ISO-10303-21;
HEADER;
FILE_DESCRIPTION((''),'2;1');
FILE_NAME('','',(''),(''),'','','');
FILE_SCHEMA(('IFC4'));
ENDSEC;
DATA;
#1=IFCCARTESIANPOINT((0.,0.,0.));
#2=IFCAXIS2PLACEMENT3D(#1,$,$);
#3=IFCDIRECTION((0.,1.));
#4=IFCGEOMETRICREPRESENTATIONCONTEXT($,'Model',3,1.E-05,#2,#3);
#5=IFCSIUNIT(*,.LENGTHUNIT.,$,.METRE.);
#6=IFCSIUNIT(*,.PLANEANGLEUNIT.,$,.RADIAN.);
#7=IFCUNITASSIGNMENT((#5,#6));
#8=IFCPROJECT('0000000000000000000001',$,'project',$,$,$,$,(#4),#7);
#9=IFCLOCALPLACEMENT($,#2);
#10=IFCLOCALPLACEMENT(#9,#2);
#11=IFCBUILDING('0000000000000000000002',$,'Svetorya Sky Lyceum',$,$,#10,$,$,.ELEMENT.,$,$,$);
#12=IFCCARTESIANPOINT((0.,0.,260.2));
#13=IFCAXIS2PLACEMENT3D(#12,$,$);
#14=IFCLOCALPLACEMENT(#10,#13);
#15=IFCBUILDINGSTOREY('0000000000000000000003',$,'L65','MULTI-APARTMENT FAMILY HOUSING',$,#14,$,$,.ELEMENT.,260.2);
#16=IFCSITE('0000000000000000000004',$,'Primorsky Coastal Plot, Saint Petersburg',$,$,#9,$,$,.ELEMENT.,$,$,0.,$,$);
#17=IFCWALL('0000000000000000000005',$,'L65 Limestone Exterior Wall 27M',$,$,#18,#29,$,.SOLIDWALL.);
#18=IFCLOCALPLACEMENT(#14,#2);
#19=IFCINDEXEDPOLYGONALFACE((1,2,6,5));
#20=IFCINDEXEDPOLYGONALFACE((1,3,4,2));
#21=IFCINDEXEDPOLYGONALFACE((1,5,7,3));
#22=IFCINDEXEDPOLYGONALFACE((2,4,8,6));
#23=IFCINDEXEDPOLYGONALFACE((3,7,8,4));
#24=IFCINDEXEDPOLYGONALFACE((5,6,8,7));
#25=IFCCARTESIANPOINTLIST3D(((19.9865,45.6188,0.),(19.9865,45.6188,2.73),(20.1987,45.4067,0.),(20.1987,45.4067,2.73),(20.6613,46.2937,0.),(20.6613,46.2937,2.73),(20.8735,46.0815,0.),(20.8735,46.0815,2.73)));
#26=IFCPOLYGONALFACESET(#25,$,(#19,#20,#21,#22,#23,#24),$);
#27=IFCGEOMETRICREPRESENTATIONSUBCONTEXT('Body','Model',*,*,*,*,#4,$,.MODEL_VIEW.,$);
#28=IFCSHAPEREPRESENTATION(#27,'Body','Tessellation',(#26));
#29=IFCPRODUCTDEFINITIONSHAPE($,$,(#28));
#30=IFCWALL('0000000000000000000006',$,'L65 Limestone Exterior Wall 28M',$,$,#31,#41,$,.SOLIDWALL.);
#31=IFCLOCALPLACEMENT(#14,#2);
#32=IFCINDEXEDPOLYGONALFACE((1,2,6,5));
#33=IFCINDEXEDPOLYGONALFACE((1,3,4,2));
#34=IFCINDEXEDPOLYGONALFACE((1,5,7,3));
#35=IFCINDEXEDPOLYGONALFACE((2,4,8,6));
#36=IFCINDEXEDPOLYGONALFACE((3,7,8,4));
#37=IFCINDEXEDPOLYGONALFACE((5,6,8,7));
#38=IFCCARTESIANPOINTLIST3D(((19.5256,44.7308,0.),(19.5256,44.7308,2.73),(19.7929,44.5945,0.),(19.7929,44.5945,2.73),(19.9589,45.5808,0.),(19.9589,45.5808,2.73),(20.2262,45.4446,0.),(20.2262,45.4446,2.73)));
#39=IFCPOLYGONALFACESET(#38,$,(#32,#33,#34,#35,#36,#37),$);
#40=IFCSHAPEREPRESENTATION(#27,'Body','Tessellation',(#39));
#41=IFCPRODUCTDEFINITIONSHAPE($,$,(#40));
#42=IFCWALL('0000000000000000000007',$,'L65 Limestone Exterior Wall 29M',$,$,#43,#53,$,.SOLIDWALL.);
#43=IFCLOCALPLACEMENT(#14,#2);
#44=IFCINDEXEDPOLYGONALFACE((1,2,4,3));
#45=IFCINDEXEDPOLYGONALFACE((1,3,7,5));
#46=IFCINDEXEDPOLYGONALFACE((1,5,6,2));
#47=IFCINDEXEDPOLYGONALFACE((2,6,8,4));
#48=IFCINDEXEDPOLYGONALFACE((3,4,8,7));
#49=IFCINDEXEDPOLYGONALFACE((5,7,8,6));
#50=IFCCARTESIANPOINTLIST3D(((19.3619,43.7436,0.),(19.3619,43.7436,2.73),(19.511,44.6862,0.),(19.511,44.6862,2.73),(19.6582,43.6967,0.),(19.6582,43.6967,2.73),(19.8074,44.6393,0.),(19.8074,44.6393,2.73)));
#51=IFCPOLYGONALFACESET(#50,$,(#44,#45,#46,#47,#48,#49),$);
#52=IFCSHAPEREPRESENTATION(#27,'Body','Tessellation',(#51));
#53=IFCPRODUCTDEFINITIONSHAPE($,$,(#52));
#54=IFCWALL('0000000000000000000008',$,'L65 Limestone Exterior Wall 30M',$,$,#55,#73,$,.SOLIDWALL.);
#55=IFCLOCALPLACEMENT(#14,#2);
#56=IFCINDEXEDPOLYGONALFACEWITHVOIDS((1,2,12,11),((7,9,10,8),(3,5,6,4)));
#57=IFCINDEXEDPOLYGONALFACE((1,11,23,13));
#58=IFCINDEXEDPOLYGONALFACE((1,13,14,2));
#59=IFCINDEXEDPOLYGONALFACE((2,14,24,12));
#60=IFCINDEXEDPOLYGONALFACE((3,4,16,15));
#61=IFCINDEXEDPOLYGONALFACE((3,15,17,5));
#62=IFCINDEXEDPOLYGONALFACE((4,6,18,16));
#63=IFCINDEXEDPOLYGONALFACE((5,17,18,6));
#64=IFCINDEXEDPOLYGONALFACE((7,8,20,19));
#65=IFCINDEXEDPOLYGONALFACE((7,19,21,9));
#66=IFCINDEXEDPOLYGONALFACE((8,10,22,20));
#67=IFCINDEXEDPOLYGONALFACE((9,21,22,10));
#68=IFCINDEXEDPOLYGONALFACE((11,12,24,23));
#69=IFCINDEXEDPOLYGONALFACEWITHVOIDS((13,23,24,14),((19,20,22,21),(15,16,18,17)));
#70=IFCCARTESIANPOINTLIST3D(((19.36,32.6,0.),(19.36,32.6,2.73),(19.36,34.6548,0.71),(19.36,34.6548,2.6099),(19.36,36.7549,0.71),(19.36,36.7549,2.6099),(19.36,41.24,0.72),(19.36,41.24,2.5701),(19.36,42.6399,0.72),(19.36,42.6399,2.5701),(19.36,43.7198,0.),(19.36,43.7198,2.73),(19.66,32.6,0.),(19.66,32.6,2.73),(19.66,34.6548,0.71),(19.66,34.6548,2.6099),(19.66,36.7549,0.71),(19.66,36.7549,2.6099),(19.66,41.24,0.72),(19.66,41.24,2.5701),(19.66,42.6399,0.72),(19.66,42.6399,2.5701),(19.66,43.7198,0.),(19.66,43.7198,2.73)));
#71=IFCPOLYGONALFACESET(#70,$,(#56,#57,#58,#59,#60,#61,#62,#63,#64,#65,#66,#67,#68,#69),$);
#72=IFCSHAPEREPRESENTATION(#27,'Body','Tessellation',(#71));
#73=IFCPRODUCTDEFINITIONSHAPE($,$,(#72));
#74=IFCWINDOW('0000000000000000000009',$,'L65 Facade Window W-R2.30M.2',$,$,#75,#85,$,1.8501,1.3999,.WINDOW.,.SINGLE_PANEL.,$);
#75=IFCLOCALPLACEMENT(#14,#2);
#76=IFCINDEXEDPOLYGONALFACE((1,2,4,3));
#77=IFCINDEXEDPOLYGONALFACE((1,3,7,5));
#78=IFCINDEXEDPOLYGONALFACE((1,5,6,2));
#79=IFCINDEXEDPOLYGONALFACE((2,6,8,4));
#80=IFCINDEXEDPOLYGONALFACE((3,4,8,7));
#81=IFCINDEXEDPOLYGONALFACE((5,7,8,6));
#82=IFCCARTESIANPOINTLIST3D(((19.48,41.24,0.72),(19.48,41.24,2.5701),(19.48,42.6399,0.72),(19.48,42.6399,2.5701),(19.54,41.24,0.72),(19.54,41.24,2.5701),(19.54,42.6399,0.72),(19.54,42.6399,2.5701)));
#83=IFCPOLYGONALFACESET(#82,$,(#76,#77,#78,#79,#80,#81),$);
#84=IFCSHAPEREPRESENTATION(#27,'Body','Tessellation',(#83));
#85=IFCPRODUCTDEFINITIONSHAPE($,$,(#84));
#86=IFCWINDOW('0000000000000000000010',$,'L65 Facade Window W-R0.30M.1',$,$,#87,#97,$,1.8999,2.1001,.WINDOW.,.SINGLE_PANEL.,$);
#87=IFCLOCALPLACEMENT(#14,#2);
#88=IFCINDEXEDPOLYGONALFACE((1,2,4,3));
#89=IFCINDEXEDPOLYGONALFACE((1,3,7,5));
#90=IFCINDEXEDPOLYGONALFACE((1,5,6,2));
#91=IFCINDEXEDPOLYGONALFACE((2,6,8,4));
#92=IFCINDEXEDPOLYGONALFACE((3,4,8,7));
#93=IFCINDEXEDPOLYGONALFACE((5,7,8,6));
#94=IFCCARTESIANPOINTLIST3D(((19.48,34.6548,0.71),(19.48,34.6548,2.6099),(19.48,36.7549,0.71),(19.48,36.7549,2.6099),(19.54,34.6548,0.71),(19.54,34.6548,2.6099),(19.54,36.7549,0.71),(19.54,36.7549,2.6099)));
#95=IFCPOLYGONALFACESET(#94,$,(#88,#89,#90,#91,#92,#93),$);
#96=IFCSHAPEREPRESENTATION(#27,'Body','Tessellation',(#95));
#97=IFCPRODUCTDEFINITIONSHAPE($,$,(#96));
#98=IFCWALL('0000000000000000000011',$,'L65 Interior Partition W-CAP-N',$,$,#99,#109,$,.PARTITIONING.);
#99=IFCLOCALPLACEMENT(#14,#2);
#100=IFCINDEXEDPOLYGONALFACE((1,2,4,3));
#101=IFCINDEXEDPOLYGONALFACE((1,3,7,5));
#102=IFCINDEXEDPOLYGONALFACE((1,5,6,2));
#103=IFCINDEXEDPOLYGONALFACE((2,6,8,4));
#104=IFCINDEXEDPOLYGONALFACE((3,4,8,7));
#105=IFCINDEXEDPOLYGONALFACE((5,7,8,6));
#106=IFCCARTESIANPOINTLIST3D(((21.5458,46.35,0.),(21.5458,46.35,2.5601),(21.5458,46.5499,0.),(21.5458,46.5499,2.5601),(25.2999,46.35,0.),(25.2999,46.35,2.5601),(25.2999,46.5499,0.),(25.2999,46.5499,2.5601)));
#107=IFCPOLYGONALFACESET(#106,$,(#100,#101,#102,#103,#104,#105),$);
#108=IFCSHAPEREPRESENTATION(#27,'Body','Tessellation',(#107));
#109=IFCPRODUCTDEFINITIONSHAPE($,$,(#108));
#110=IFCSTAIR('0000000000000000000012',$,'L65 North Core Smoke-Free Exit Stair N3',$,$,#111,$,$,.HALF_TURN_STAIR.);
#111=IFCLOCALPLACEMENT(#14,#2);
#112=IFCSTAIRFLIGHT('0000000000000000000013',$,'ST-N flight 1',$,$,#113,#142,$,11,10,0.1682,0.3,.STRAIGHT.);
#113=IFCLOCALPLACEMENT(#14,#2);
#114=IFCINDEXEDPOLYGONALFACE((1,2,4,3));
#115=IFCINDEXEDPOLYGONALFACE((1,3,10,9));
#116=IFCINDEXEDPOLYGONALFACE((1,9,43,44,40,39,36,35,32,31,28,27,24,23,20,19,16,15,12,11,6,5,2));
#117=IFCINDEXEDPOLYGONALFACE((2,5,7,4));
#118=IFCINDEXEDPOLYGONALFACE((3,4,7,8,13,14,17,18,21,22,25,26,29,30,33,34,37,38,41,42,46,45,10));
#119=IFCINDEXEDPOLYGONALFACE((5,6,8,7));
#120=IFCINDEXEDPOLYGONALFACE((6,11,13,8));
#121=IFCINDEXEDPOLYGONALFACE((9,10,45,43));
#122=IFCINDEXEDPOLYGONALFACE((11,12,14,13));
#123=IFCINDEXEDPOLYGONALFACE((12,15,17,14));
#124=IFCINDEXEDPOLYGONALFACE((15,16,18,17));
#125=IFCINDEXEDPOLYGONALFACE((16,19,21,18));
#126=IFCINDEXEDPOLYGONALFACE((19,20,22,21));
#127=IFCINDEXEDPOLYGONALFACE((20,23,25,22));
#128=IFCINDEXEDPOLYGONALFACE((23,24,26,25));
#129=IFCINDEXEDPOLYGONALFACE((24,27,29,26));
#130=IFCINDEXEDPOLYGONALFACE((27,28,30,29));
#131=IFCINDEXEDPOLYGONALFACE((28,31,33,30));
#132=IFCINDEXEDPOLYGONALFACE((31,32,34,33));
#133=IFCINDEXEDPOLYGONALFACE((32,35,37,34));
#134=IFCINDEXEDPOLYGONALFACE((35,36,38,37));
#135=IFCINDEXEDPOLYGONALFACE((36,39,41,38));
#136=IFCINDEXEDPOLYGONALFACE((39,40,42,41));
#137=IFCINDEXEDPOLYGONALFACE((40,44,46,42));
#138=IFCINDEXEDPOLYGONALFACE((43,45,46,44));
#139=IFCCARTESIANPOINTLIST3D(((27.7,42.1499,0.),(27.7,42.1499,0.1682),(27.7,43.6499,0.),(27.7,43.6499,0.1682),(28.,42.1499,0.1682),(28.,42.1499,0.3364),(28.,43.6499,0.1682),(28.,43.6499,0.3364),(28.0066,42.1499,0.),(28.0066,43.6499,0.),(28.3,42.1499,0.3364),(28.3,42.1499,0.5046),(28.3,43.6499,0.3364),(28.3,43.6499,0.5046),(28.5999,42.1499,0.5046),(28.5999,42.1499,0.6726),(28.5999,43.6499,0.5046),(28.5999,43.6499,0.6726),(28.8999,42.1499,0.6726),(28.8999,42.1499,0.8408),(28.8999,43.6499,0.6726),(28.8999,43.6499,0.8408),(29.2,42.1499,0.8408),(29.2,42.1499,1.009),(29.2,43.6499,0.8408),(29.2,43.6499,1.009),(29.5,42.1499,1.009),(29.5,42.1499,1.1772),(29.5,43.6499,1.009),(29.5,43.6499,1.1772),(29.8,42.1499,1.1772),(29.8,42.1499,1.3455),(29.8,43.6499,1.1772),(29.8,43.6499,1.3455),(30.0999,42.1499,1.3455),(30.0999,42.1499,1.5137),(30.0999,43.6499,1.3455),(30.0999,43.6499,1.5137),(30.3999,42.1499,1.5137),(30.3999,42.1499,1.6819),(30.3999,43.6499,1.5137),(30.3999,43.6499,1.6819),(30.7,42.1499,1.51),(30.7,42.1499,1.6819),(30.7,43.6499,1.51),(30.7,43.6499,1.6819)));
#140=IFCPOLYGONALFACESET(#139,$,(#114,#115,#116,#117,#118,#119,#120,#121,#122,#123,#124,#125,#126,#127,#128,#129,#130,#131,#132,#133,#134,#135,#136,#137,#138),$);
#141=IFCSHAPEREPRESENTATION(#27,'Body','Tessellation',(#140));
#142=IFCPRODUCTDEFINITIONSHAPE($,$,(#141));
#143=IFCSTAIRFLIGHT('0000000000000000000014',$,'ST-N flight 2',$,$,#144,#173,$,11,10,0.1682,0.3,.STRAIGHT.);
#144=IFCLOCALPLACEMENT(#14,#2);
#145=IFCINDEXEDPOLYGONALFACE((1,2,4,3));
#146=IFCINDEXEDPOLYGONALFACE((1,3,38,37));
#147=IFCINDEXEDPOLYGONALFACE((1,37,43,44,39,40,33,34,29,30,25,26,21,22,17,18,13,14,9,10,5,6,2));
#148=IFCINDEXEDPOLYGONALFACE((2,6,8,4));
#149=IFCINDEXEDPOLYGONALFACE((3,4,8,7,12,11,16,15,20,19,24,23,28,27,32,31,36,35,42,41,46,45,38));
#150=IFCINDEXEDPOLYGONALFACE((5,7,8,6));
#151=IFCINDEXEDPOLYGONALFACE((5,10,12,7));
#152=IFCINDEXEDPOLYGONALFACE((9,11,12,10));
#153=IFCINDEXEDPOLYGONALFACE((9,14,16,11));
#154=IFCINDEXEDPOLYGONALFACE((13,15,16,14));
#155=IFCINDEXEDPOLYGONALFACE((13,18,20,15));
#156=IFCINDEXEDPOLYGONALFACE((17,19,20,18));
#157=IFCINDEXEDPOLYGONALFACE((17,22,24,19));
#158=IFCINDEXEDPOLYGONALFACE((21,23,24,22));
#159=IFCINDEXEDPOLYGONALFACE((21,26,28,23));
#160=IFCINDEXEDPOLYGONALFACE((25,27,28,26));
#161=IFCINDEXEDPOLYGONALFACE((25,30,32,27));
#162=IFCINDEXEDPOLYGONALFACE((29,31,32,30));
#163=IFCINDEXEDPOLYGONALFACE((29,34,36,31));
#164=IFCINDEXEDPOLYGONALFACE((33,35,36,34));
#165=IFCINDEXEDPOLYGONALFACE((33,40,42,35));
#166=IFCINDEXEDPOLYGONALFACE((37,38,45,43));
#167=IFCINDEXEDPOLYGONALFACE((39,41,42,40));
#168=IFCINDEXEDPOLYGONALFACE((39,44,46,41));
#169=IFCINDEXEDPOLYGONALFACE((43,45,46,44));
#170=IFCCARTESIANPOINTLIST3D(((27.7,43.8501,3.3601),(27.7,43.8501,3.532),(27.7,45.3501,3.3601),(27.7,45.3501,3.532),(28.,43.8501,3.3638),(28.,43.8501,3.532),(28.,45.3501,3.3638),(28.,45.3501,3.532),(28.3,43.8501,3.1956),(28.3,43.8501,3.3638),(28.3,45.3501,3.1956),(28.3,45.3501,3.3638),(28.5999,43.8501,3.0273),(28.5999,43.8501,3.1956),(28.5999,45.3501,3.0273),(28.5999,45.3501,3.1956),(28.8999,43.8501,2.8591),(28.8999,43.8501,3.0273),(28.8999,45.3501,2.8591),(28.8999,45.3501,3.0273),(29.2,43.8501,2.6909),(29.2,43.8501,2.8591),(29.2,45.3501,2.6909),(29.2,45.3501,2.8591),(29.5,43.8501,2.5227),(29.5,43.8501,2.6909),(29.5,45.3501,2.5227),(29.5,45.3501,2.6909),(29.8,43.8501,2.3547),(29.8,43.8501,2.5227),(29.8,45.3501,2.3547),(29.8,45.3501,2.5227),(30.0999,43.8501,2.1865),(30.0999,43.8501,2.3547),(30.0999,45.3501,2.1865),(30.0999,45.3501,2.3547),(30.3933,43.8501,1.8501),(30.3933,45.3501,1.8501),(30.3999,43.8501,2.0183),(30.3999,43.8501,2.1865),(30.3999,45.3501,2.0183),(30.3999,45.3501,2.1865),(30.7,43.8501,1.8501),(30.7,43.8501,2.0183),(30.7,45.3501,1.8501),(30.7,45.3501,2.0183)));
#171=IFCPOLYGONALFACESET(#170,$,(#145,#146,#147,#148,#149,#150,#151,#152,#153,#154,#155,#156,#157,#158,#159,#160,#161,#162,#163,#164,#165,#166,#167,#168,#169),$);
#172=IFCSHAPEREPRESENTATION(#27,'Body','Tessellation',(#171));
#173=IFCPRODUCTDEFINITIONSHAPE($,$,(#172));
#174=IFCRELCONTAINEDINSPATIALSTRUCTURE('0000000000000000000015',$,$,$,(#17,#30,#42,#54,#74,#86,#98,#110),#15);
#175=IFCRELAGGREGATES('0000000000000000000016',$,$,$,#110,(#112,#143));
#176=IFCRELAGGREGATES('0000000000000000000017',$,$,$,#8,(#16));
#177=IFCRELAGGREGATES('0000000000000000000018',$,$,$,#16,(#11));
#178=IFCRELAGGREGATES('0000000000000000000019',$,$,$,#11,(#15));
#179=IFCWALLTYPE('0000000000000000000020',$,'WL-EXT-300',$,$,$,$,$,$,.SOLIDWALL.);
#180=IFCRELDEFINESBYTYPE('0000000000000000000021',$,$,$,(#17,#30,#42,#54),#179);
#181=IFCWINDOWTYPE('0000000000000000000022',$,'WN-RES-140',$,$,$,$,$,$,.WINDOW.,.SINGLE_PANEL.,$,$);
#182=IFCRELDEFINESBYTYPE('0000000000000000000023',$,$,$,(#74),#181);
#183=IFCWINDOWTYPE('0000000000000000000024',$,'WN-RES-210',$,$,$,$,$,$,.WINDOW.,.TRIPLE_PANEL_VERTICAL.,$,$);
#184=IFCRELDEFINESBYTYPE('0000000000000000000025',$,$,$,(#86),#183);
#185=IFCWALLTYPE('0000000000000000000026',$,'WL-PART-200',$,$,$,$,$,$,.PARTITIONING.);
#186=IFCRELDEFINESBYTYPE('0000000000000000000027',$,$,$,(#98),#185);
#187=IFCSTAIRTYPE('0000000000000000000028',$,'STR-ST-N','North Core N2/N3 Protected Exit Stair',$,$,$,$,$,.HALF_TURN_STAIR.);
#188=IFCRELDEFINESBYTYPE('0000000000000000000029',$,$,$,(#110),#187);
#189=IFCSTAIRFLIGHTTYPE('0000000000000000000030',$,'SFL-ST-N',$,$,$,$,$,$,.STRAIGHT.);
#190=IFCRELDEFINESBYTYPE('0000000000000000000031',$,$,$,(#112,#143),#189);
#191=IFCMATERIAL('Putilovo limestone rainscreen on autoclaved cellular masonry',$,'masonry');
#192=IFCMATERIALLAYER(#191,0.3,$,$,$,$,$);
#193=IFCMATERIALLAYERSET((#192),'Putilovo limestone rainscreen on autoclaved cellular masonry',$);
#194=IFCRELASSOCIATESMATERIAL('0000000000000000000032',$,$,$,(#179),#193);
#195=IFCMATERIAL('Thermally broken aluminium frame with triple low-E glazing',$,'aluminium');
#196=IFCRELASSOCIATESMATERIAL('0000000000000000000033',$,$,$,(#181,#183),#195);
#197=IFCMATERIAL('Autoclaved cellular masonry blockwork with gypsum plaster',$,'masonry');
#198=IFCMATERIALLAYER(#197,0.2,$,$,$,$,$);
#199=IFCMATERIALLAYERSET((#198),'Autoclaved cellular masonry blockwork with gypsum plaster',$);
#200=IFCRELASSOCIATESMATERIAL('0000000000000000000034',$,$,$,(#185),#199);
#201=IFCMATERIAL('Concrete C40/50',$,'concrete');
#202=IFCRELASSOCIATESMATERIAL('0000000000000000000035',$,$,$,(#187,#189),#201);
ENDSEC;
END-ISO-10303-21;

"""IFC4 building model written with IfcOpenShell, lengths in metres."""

from ifc_helpers import new_model, si_unit, direction, frame, frame_2d, origin, place, context, subcontext, project, spatial, polyline, rectangle, outline, extrude, material, layer, layer_set, type_object, element, fill, aggregate, save


model = new_model("IFC4")

# Units and contexts
model_context = context("Model", 3, precision=1e-05, world=origin(), true_north=direction((0.0, 1.0)))
body_context = subcontext(model_context, "Body", "Model", "MODEL_VIEW")
ifc_project = project(units=[si_unit("LENGTHUNIT", "METRE"), si_unit("PLANEANGLEUNIT", "RADIAN")], contexts=[model_context])

# Site, building, storey
site_placement = place(None, origin())
site = spatial("IfcSite", under=ifc_project, at=site_placement, Name="Primorsky Coastal Plot, Saint Petersburg", CompositionType="ELEMENT", RefElevation=0.0)
building_placement = place(site_placement, origin())
building = spatial("IfcBuilding", under=site, at=building_placement, Name="Svetorya Sky Lyceum", CompositionType="ELEMENT")
storey_placement = place(building_placement, frame((0.0, 0.0, 260.2)))
storey = spatial("IfcBuildingStorey", under=building, at=storey_placement, Name="L65", Description="MULTI-APARTMENT FAMILY HOUSING", CompositionType="ELEMENT", Elevation=260.2)

# Shared definitions
ifc_material_1 = material(Name="Concrete C40/50", Category="concrete")

# Walls
ifc_material_2 = material(Name="Putilovo limestone rainscreen on autoclaved cellular masonry", Category="masonry")
ifc_layer_1 = layer(ifc_material_2, 0.3)
ifc_layer_set_1 = layer_set([ifc_layer_1], Name="Putilovo limestone rainscreen on autoclaved cellular masonry")
wall_type_1 = type_object("IfcWallType", Name="WL-EXT-300", PredefinedType="SOLIDWALL", material=ifc_layer_set_1)
wall_1_placement = place(storey_placement, frame((20.7673, 46.1875, 0.0), z_axis=(0.0, 0.0, 1.0), x_axis=(-0.707107, -0.707107, 0.0)))
element("IfcWall", 1, at=wall_1_placement, inside=storey, type_object=wall_type_1, Name="L65 Limestone Exterior Wall 27M", PredefinedType="SOLIDWALL", context=body_context, shape_type="SweptSolid", body=[
    extrude(rectangle(XDim=0.9543, YDim=0.3, at=frame_2d((0.4771, 0.0))), origin(), (0.0, 0.0, 1.0), 2.73),
])
wall_2_placement = place(storey_placement, frame((20.0925, 45.5127, 0.0), z_axis=(0.0, 0.0, 1.0), x_axis=(-0.45416, -0.89092, 0.0)))
element("IfcWall", 2, at=wall_2_placement, inside=storey, type_object=wall_type_1, Name="L65 Limestone Exterior Wall 28M", PredefinedType="SOLIDWALL", context=body_context, shape_type="SweptSolid", body=[
    extrude(rectangle(XDim=0.9541, YDim=0.3, at=frame_2d((0.4771, 0.0))), origin(), (0.0, 0.0, 1.0), 2.73),
])
wall_3_placement = place(storey_placement, frame((19.6592, 44.6626, 0.0), z_axis=(0.0, 0.0, 1.0), x_axis=(-0.156304, -0.987709, 0.0)))
element("IfcWall", 3, at=wall_3_placement, inside=storey, type_object=wall_type_1, Name="L65 Limestone Exterior Wall 29M", PredefinedType="SOLIDWALL", context=body_context, shape_type="SweptSolid", body=[
    extrude(rectangle(XDim=0.9543, YDim=0.3, at=frame_2d((0.4771, 0.0))), origin(), (0.0, 0.0, 1.0), 2.73),
])

# Wall, openings, windows
wall_4_placement = place(storey_placement, frame((19.51, 43.72, 0.0), z_axis=(0.0, 0.0, 1.0), x_axis=(0.0, -1.0, 0.0)))
wall_4 = element("IfcWall", 4, at=wall_4_placement, inside=storey, type_object=wall_type_1, Name="L65 Limestone Exterior Wall 30M", PredefinedType="SOLIDWALL", context=body_context, shape_type="SweptSolid", body=[
    extrude(rectangle(XDim=11.1199, YDim=0.3, at=frame_2d((5.5601, 0.0))), origin(), (0.0, 0.0, 1.0), 2.73),
])
opening_1_placement = place(wall_4_placement, frame((1.0801, 0.0, 0.72)))
opening_1 = element("IfcOpeningElement", 5, at=opening_1_placement, cuts=wall_4, PredefinedType="OPENING", context=body_context, shape_type="SweptSolid", body=[
    extrude(rectangle(XDim=1.3999, YDim=1.8501, at=frame_2d((0.7, 0.925))), frame((0.0, 0.1599, 0.0), z_axis=(0.0, -1.0, 0.0), x_axis=(1.0, 0.0, 0.0)), (0.0, 0.0, 1.0), 0.3201),
])
opening_2_placement = place(wall_4_placement, frame((6.9651, 0.0, 0.71)))
opening_2 = element("IfcOpeningElement", 6, at=opening_2_placement, cuts=wall_4, PredefinedType="OPENING", context=body_context, shape_type="SweptSolid", body=[
    extrude(rectangle(XDim=2.1001, YDim=1.8999, at=frame_2d((1.05, 0.95))), frame((0.0, 0.1599, 0.0), z_axis=(0.0, -1.0, 0.0), x_axis=(1.0, 0.0, 0.0)), (0.0, 0.0, 1.0), 0.3201),
])
ifc_material_3 = material(Name="Thermally broken aluminium frame with triple low-E glazing", Category="aluminium")
window_type_1 = type_object("IfcWindowType", Name="WN-RES-140", PartitioningType="SINGLE_PANEL", PredefinedType="WINDOW", material=ifc_material_3)
window_1_placement = place(opening_1_placement, origin())
window_1 = element("IfcWindow", 7, at=window_1_placement, inside=storey, type_object=window_type_1, Name="L65 Facade Window W-R2.30M.2", OverallHeight=1.8501, OverallWidth=1.3999, PartitioningType="SINGLE_PANEL", PredefinedType="WINDOW", context=body_context, shape_type="SweptSolid", body=[
    extrude(rectangle(XDim=1.3999, YDim=1.8501, at=frame_2d((0.7, 0.925))), frame((0.0, 0.03, 0.0), z_axis=(0.0, -1.0, 0.0), x_axis=(1.0, 0.0, 0.0)), (0.0, 0.0, 1.0), 0.0601),
])
fill(opening_1, window_1)
window_type_2 = type_object("IfcWindowType", Name="WN-RES-210", PartitioningType="TRIPLE_PANEL_VERTICAL", PredefinedType="WINDOW", material=ifc_material_3)
window_2_placement = place(opening_2_placement, origin())
window_2 = element("IfcWindow", 8, at=window_2_placement, inside=storey, type_object=window_type_2, Name="L65 Facade Window W-R0.30M.1", OverallHeight=1.8999, OverallWidth=2.1001, PartitioningType="SINGLE_PANEL", PredefinedType="WINDOW", context=body_context, shape_type="SweptSolid", body=[
    extrude(rectangle(XDim=2.1001, YDim=1.8999, at=frame_2d((1.05, 0.95))), frame((0.0, 0.03, 0.0), z_axis=(0.0, -1.0, 0.0), x_axis=(1.0, 0.0, 0.0)), (0.0, 0.0, 1.0), 0.0601),
])
fill(opening_2, window_2)

# Wall
ifc_material_4 = material(Name="Autoclaved cellular masonry blockwork with gypsum plaster", Category="masonry")
ifc_layer_2 = layer(ifc_material_4, 0.2)
ifc_layer_set_2 = layer_set([ifc_layer_2], Name="Autoclaved cellular masonry blockwork with gypsum plaster")
wall_type_2 = type_object("IfcWallType", Name="WL-PART-200", PredefinedType="PARTITIONING", material=ifc_layer_set_2)
wall_5_placement = place(storey_placement, frame((21.5459, 46.45, 0.0), z_axis=(0.0, 0.0, 1.0), x_axis=(1.0, 0.0, 0.0)))
element("IfcWall", 9, at=wall_5_placement, inside=storey, type_object=wall_type_2, Name="L65 Interior Partition W-CAP-N", PredefinedType="PARTITIONING", context=body_context, shape_type="SweptSolid", body=[
    extrude(rectangle(XDim=3.7542, YDim=0.2, at=frame_2d((1.877, 0.0))), origin(), (0.0, 0.0, 1.0), 2.5601),
])

# Stair, stair flights
stair_type = type_object("IfcStairType", Name="STR-ST-N", Description="North Core N2/N3 Protected Exit Stair", PredefinedType="HALF_TURN_STAIR", material=ifc_material_1)
stair_placement = place(storey_placement, origin())
stair = element("IfcStair", 10, at=stair_placement, inside=storey, type_object=stair_type, Name="L65 North Core Smoke-Free Exit Stair N3", PredefinedType="HALF_TURN_STAIR")
stair_flight_type = type_object("IfcStairFlightType", Name="SFL-ST-N", PredefinedType="STRAIGHT", material=ifc_material_1)
stair_flight_1_placement = place(storey_placement, frame((27.7, 42.8999, 0.0), z_axis=(0.0, 0.0, 1.0), x_axis=(1.0, 0.0, 0.0)))
stair_flight_1 = element("IfcStairFlight", 11, at=stair_flight_1_placement, type_object=stair_flight_type, Name="ST-N flight 1", NumberOfRisers=11, NumberOfTreads=10, PredefinedType="STRAIGHT", RiserHeight=0.1682, TreadLength=0.3, context=body_context, shape_type="SweptSolid", body=[
    extrude(outline(polyline([(0.0, 0.0), (0.0, 0.1682), (0.3, 0.1682), (0.3, 0.3364), (0.6001, 0.3364), (0.6001, 0.5046), (0.8999, 0.5046), (0.8999, 0.6726), (1.2, 0.6726), (1.2, 0.8408), (1.5, 0.8408), (1.5, 1.009), (1.8, 1.009), (1.8, 1.1772), (2.1001, 1.1772), (2.1001, 1.3455), (2.3999, 1.3455), (2.3999, 1.5137), (2.7, 1.5137), (2.7, 1.6819), (3.0, 1.6819), (3.0, 1.8501), (3.0, 1.51), (0.3066, 0.0), (0.0, 0.0)])), frame((0.0, 0.75, 0.0), z_axis=(0.0, -1.0, 0.0), x_axis=(1.0, 0.0, 0.0)), (0.0, 0.0, 1.0), 1.5),
])
stair_flight_2_placement = place(storey_placement, frame((30.7, 44.6001, 1.8501), z_axis=(0.0, 0.0, 1.0), x_axis=(-1.0, 0.0, 0.0)))
stair_flight_2 = element("IfcStairFlight", 12, at=stair_flight_2_placement, type_object=stair_flight_type, Name="ST-N flight 2", NumberOfRisers=11, NumberOfTreads=10, PredefinedType="STRAIGHT", RiserHeight=0.1682, TreadLength=0.3, context=body_context, shape_type="SweptSolid", body=[
    extrude(outline(polyline([(0.0, 0.0), (0.0, 0.1682), (0.3, 0.1682), (0.3, 0.3364), (0.6001, 0.3364), (0.6001, 0.5046), (0.8999, 0.5046), (0.8999, 0.6726), (1.2, 0.6726), (1.2, 0.8408), (1.5, 0.8408), (1.5, 1.009), (1.8, 1.009), (1.8, 1.1772), (2.1001, 1.1772), (2.1001, 1.3455), (2.3999, 1.3455), (2.3999, 1.5137), (2.7, 1.5137), (2.7, 1.6819), (3.0, 1.6819), (3.0, 1.8501), (3.0, 1.51), (0.3066, 0.0), (0.0, 0.0)])), frame((0.0, 0.75, 0.0), z_axis=(0.0, -1.0, 0.0), x_axis=(1.0, 0.0, 0.0)), (0.0, 0.0, 1.0), 1.5),
])
aggregate(stair, [stair_flight_1, stair_flight_2])

save(model, "model.ifc")
